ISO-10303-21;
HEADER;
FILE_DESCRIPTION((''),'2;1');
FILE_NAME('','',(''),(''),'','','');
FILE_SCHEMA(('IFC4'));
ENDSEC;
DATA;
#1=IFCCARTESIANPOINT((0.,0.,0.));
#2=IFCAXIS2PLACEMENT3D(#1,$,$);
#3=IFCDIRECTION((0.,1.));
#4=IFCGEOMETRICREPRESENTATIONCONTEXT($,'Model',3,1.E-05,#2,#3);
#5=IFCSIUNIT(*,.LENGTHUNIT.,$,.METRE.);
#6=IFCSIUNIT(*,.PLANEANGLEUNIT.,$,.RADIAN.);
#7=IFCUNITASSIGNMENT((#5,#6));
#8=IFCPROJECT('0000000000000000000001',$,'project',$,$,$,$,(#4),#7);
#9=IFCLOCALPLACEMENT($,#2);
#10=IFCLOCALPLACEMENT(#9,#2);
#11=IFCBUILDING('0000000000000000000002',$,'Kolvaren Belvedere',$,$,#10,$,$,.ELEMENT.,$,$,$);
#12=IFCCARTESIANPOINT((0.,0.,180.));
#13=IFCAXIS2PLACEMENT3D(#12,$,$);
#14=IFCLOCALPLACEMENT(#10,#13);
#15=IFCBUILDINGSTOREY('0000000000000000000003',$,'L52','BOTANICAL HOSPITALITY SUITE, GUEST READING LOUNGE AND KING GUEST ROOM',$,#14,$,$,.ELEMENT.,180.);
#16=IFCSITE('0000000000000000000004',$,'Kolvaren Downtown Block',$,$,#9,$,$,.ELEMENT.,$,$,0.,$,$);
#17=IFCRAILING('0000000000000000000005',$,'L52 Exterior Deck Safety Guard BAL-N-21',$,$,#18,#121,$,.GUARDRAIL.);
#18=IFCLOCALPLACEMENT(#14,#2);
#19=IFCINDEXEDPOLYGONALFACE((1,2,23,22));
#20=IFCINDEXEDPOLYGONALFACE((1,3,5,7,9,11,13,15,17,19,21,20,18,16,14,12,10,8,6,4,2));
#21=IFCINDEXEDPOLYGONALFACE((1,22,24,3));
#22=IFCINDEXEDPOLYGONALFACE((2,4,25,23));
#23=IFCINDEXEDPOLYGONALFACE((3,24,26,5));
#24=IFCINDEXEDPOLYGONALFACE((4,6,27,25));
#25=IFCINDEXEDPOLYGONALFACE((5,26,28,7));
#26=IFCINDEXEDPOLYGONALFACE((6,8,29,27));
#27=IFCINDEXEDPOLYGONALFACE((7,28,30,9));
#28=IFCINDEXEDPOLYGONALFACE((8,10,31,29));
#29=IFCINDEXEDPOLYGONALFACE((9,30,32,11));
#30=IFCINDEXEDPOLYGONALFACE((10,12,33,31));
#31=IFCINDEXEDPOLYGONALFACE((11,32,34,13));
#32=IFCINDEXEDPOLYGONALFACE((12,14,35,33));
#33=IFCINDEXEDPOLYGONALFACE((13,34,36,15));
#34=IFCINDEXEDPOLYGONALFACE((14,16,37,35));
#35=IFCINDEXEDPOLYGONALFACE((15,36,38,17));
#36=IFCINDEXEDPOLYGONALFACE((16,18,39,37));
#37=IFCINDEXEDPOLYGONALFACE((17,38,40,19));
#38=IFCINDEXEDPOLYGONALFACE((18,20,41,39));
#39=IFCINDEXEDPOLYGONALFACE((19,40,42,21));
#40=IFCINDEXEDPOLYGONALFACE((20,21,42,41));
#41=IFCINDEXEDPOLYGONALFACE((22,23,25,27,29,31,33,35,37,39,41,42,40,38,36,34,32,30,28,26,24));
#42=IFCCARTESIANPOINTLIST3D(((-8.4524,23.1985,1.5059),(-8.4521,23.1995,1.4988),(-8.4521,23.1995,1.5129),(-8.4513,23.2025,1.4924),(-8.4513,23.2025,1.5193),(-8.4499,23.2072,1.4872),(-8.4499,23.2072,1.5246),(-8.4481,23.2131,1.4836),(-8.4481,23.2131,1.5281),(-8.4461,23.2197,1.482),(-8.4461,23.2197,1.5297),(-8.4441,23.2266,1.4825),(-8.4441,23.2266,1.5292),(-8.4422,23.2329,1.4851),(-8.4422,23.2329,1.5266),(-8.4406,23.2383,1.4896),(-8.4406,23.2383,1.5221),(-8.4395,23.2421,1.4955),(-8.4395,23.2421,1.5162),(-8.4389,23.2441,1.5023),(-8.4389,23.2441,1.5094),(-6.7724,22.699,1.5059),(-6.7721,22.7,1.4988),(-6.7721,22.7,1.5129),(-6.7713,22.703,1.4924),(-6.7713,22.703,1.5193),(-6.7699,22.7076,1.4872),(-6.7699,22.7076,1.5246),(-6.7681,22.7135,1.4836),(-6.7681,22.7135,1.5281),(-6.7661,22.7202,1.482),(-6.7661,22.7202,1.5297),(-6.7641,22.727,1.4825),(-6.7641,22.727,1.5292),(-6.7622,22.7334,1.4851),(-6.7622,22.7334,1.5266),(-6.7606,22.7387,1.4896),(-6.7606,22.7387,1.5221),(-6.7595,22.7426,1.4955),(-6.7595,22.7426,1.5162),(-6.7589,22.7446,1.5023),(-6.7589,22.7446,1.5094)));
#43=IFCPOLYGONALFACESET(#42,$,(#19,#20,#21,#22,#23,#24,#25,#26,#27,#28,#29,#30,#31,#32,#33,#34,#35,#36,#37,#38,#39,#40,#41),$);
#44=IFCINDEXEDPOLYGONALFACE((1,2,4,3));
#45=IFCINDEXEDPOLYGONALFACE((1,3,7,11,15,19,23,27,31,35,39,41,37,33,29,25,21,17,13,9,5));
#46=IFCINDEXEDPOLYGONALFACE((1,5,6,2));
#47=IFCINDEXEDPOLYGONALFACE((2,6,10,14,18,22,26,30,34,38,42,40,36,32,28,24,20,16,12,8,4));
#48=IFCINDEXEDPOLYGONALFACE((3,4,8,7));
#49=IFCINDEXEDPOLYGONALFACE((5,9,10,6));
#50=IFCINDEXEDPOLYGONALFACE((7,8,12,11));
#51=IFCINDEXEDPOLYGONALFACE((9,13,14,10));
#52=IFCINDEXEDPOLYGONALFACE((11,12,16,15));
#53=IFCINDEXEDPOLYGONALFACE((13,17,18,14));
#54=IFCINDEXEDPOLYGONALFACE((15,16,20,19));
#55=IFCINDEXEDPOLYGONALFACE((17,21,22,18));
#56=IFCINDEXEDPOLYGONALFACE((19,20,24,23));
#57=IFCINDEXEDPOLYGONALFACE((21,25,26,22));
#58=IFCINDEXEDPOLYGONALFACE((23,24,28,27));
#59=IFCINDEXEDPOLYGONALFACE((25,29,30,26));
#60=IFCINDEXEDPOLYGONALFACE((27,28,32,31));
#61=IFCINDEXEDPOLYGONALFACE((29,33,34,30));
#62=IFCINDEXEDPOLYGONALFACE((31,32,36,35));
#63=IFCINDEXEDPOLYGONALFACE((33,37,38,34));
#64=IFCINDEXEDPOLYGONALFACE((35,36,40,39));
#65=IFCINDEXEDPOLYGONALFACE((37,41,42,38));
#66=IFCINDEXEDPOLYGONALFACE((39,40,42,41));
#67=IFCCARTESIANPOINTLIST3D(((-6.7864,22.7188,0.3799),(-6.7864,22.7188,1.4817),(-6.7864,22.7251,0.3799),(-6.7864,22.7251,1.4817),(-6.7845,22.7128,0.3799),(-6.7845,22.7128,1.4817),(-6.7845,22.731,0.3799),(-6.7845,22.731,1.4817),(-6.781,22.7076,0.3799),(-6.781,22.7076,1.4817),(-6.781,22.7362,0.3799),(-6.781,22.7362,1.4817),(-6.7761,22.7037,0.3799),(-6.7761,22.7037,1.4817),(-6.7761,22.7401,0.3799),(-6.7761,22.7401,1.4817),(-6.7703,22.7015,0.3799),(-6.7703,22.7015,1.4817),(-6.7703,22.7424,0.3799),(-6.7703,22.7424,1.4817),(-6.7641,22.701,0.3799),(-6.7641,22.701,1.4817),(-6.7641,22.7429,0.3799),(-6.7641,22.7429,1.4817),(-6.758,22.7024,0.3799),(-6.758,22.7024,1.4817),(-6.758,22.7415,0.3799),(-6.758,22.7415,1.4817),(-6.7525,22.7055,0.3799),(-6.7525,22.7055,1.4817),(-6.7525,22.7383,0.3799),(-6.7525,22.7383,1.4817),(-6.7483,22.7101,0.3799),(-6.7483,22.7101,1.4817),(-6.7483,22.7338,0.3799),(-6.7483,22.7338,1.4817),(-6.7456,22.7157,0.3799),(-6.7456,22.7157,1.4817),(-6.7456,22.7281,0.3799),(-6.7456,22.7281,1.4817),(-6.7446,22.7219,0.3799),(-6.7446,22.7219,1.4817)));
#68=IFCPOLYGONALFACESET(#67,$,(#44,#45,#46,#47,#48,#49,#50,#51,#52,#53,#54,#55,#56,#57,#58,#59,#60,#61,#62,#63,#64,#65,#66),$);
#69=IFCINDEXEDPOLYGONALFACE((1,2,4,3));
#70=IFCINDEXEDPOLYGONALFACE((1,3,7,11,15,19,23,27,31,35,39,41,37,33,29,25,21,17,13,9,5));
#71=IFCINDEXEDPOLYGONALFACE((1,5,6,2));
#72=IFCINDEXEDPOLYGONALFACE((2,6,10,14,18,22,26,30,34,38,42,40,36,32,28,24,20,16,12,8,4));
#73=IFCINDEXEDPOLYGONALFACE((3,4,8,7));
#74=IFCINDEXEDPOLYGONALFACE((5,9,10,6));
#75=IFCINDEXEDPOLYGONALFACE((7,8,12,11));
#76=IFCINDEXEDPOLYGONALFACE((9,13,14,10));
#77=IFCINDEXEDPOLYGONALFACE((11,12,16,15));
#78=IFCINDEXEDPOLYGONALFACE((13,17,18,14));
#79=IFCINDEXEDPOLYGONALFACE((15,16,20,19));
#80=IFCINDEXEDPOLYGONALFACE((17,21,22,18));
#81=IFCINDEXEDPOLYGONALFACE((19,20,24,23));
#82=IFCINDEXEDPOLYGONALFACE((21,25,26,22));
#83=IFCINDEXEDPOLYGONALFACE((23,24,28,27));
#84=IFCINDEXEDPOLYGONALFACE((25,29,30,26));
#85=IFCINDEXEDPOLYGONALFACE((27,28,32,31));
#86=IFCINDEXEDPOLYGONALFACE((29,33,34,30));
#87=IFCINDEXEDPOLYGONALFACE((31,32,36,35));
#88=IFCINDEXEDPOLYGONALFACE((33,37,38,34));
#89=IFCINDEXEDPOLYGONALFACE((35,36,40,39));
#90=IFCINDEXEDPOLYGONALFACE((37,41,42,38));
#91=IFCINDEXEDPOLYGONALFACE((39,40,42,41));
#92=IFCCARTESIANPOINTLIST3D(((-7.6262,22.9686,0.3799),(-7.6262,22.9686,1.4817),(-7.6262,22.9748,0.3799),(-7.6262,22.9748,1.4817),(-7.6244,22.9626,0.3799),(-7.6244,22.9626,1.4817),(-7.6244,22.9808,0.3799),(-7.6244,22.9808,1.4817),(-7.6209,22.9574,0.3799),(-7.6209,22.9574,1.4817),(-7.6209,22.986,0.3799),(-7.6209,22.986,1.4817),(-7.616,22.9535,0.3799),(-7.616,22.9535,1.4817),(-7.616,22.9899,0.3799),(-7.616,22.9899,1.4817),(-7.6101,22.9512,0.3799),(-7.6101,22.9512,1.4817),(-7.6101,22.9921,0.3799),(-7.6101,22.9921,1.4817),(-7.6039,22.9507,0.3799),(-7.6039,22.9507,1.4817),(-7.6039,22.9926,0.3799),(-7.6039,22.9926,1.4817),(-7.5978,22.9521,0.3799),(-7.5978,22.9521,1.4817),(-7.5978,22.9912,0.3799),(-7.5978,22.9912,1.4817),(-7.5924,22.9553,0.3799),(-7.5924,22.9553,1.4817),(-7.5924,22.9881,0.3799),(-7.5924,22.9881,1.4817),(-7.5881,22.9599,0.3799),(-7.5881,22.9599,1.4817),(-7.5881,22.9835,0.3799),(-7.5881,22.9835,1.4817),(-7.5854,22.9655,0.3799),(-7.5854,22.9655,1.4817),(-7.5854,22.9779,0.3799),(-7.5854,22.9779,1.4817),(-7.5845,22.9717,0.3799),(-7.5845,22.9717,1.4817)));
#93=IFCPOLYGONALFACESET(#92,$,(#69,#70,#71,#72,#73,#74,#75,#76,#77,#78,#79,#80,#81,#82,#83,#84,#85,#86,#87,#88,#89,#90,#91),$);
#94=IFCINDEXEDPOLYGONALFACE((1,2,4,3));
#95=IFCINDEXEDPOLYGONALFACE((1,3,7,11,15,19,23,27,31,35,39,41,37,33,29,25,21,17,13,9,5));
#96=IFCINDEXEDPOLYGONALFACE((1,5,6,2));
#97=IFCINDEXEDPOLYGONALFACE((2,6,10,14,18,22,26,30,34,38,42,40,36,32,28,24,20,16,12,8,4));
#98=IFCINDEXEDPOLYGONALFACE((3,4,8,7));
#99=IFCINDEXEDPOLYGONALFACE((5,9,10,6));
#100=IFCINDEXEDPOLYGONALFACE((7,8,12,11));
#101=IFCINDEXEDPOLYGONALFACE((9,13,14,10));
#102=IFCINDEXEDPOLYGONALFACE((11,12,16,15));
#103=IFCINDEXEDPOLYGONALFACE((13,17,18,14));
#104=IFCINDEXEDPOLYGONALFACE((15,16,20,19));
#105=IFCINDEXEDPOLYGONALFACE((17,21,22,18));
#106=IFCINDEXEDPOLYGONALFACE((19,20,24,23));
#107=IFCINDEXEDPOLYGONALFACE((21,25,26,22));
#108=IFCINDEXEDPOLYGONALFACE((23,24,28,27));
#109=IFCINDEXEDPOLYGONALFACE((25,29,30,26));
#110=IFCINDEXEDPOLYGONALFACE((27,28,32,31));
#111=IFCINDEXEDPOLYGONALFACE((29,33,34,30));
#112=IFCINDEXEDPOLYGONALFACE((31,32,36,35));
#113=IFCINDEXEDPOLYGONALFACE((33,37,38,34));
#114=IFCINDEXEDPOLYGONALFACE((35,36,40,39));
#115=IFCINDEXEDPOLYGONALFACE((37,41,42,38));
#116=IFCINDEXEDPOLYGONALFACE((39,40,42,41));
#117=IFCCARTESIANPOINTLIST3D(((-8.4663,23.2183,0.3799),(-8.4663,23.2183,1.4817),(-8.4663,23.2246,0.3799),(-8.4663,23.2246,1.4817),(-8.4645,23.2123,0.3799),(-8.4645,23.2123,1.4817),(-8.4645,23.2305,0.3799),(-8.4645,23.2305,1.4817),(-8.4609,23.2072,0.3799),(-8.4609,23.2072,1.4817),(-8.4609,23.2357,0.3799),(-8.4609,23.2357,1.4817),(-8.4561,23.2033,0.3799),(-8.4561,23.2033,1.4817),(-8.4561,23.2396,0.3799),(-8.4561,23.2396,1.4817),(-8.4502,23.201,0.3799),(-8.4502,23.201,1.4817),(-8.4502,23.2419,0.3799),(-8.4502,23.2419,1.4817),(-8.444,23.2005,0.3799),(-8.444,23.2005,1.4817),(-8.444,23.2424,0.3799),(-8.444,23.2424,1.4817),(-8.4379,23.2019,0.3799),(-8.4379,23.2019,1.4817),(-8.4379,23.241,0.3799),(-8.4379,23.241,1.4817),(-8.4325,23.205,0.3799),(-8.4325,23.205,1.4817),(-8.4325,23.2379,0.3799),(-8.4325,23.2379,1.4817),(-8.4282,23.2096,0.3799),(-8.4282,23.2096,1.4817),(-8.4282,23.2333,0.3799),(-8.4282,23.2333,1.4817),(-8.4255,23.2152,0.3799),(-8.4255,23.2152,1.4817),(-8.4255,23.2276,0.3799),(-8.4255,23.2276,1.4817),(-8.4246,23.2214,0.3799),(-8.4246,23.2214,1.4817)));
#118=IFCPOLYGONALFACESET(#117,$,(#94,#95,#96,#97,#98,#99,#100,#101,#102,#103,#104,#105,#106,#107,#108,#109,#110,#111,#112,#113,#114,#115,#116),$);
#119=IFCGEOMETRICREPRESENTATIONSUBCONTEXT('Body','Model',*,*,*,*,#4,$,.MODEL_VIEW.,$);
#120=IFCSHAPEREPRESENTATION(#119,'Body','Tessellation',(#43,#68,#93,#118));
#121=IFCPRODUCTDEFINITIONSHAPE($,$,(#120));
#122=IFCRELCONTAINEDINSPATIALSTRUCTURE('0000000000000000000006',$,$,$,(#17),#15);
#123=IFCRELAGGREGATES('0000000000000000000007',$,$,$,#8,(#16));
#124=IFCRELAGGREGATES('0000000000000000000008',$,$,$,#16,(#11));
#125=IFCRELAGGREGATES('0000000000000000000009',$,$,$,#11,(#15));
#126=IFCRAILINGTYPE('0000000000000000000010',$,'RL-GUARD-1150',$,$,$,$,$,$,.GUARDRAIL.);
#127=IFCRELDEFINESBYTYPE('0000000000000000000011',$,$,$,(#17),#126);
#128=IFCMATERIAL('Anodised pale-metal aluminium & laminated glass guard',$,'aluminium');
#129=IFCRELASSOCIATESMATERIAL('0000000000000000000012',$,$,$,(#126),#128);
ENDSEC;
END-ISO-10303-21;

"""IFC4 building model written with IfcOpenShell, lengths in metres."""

from ifc_helpers import new_model, si_unit, direction, frame, origin, origin_2d, place, context, subcontext, project, spatial, circle, extrude, material, type_object, element, save


model = new_model("IFC4")

# Units and contexts
model_context = context("Model", 3, precision=1e-05, world=origin(), true_north=direction((0.0, 1.0)))
body_context = subcontext(model_context, "Body", "Model", "MODEL_VIEW")
ifc_project = project(units=[si_unit("LENGTHUNIT", "METRE"), si_unit("PLANEANGLEUNIT", "RADIAN")], contexts=[model_context])

# Site, building, storey
site_placement = place(None, origin())
site = spatial("IfcSite", under=ifc_project, at=site_placement, Name="Kolvaren Downtown Block", CompositionType="ELEMENT", RefElevation=0.0)
building_placement = place(site_placement, origin())
building = spatial("IfcBuilding", under=site, at=building_placement, Name="Kolvaren Belvedere", CompositionType="ELEMENT")
storey_placement = place(building_placement, frame((0.0, 0.0, 180.0)))
storey = spatial("IfcBuildingStorey", under=building, at=storey_placement, Name="L52", Description="BOTANICAL HOSPITALITY SUITE, GUEST READING LOUNGE AND KING GUEST ROOM", CompositionType="ELEMENT", Elevation=180.0)

# Railing
ifc_material_1 = material(Name="Anodised pale-metal aluminium & laminated glass guard", Category="aluminium")
railing_type = type_object("IfcRailingType", Name="RL-GUARD-1150", PredefinedType="GUARDRAIL", material=ifc_material_1)
railing_1_placement = place(storey_placement, frame((-6.7656, 22.7219, 0.3799)))
element("IfcRailing", 1, at=railing_1_placement, inside=storey, type_object=railing_type, Name="L52 Exterior Deck Safety Guard BAL-N-21", PredefinedType="GUARDRAIL", context=body_context, shape_type="SweptSolid", body=[
    extrude(circle(Radius=0.0239, at=origin_2d()), frame((0.0, 0.0, 1.126), z_axis=(-0.958525, 0.285008, 0.0), x_axis=(-0.285008, -0.958525, 0.0)), (0.0, 0.0, 1.0), 1.7527),
    extrude(circle(Radius=0.021, at=origin_2d()), origin(), (0.0, 0.0, 1.0), 1.1018),
    extrude(circle(Radius=0.021, at=origin_2d()), frame((-0.8398, 0.2498, 0.0)), (0.0, 0.0, 1.0), 1.1018),
    extrude(circle(Radius=0.021, at=origin_2d()), frame((-1.6799, 0.4995, 0.0)), (0.0, 0.0, 1.0), 1.1018),
])

save(model, "model.ifc")
